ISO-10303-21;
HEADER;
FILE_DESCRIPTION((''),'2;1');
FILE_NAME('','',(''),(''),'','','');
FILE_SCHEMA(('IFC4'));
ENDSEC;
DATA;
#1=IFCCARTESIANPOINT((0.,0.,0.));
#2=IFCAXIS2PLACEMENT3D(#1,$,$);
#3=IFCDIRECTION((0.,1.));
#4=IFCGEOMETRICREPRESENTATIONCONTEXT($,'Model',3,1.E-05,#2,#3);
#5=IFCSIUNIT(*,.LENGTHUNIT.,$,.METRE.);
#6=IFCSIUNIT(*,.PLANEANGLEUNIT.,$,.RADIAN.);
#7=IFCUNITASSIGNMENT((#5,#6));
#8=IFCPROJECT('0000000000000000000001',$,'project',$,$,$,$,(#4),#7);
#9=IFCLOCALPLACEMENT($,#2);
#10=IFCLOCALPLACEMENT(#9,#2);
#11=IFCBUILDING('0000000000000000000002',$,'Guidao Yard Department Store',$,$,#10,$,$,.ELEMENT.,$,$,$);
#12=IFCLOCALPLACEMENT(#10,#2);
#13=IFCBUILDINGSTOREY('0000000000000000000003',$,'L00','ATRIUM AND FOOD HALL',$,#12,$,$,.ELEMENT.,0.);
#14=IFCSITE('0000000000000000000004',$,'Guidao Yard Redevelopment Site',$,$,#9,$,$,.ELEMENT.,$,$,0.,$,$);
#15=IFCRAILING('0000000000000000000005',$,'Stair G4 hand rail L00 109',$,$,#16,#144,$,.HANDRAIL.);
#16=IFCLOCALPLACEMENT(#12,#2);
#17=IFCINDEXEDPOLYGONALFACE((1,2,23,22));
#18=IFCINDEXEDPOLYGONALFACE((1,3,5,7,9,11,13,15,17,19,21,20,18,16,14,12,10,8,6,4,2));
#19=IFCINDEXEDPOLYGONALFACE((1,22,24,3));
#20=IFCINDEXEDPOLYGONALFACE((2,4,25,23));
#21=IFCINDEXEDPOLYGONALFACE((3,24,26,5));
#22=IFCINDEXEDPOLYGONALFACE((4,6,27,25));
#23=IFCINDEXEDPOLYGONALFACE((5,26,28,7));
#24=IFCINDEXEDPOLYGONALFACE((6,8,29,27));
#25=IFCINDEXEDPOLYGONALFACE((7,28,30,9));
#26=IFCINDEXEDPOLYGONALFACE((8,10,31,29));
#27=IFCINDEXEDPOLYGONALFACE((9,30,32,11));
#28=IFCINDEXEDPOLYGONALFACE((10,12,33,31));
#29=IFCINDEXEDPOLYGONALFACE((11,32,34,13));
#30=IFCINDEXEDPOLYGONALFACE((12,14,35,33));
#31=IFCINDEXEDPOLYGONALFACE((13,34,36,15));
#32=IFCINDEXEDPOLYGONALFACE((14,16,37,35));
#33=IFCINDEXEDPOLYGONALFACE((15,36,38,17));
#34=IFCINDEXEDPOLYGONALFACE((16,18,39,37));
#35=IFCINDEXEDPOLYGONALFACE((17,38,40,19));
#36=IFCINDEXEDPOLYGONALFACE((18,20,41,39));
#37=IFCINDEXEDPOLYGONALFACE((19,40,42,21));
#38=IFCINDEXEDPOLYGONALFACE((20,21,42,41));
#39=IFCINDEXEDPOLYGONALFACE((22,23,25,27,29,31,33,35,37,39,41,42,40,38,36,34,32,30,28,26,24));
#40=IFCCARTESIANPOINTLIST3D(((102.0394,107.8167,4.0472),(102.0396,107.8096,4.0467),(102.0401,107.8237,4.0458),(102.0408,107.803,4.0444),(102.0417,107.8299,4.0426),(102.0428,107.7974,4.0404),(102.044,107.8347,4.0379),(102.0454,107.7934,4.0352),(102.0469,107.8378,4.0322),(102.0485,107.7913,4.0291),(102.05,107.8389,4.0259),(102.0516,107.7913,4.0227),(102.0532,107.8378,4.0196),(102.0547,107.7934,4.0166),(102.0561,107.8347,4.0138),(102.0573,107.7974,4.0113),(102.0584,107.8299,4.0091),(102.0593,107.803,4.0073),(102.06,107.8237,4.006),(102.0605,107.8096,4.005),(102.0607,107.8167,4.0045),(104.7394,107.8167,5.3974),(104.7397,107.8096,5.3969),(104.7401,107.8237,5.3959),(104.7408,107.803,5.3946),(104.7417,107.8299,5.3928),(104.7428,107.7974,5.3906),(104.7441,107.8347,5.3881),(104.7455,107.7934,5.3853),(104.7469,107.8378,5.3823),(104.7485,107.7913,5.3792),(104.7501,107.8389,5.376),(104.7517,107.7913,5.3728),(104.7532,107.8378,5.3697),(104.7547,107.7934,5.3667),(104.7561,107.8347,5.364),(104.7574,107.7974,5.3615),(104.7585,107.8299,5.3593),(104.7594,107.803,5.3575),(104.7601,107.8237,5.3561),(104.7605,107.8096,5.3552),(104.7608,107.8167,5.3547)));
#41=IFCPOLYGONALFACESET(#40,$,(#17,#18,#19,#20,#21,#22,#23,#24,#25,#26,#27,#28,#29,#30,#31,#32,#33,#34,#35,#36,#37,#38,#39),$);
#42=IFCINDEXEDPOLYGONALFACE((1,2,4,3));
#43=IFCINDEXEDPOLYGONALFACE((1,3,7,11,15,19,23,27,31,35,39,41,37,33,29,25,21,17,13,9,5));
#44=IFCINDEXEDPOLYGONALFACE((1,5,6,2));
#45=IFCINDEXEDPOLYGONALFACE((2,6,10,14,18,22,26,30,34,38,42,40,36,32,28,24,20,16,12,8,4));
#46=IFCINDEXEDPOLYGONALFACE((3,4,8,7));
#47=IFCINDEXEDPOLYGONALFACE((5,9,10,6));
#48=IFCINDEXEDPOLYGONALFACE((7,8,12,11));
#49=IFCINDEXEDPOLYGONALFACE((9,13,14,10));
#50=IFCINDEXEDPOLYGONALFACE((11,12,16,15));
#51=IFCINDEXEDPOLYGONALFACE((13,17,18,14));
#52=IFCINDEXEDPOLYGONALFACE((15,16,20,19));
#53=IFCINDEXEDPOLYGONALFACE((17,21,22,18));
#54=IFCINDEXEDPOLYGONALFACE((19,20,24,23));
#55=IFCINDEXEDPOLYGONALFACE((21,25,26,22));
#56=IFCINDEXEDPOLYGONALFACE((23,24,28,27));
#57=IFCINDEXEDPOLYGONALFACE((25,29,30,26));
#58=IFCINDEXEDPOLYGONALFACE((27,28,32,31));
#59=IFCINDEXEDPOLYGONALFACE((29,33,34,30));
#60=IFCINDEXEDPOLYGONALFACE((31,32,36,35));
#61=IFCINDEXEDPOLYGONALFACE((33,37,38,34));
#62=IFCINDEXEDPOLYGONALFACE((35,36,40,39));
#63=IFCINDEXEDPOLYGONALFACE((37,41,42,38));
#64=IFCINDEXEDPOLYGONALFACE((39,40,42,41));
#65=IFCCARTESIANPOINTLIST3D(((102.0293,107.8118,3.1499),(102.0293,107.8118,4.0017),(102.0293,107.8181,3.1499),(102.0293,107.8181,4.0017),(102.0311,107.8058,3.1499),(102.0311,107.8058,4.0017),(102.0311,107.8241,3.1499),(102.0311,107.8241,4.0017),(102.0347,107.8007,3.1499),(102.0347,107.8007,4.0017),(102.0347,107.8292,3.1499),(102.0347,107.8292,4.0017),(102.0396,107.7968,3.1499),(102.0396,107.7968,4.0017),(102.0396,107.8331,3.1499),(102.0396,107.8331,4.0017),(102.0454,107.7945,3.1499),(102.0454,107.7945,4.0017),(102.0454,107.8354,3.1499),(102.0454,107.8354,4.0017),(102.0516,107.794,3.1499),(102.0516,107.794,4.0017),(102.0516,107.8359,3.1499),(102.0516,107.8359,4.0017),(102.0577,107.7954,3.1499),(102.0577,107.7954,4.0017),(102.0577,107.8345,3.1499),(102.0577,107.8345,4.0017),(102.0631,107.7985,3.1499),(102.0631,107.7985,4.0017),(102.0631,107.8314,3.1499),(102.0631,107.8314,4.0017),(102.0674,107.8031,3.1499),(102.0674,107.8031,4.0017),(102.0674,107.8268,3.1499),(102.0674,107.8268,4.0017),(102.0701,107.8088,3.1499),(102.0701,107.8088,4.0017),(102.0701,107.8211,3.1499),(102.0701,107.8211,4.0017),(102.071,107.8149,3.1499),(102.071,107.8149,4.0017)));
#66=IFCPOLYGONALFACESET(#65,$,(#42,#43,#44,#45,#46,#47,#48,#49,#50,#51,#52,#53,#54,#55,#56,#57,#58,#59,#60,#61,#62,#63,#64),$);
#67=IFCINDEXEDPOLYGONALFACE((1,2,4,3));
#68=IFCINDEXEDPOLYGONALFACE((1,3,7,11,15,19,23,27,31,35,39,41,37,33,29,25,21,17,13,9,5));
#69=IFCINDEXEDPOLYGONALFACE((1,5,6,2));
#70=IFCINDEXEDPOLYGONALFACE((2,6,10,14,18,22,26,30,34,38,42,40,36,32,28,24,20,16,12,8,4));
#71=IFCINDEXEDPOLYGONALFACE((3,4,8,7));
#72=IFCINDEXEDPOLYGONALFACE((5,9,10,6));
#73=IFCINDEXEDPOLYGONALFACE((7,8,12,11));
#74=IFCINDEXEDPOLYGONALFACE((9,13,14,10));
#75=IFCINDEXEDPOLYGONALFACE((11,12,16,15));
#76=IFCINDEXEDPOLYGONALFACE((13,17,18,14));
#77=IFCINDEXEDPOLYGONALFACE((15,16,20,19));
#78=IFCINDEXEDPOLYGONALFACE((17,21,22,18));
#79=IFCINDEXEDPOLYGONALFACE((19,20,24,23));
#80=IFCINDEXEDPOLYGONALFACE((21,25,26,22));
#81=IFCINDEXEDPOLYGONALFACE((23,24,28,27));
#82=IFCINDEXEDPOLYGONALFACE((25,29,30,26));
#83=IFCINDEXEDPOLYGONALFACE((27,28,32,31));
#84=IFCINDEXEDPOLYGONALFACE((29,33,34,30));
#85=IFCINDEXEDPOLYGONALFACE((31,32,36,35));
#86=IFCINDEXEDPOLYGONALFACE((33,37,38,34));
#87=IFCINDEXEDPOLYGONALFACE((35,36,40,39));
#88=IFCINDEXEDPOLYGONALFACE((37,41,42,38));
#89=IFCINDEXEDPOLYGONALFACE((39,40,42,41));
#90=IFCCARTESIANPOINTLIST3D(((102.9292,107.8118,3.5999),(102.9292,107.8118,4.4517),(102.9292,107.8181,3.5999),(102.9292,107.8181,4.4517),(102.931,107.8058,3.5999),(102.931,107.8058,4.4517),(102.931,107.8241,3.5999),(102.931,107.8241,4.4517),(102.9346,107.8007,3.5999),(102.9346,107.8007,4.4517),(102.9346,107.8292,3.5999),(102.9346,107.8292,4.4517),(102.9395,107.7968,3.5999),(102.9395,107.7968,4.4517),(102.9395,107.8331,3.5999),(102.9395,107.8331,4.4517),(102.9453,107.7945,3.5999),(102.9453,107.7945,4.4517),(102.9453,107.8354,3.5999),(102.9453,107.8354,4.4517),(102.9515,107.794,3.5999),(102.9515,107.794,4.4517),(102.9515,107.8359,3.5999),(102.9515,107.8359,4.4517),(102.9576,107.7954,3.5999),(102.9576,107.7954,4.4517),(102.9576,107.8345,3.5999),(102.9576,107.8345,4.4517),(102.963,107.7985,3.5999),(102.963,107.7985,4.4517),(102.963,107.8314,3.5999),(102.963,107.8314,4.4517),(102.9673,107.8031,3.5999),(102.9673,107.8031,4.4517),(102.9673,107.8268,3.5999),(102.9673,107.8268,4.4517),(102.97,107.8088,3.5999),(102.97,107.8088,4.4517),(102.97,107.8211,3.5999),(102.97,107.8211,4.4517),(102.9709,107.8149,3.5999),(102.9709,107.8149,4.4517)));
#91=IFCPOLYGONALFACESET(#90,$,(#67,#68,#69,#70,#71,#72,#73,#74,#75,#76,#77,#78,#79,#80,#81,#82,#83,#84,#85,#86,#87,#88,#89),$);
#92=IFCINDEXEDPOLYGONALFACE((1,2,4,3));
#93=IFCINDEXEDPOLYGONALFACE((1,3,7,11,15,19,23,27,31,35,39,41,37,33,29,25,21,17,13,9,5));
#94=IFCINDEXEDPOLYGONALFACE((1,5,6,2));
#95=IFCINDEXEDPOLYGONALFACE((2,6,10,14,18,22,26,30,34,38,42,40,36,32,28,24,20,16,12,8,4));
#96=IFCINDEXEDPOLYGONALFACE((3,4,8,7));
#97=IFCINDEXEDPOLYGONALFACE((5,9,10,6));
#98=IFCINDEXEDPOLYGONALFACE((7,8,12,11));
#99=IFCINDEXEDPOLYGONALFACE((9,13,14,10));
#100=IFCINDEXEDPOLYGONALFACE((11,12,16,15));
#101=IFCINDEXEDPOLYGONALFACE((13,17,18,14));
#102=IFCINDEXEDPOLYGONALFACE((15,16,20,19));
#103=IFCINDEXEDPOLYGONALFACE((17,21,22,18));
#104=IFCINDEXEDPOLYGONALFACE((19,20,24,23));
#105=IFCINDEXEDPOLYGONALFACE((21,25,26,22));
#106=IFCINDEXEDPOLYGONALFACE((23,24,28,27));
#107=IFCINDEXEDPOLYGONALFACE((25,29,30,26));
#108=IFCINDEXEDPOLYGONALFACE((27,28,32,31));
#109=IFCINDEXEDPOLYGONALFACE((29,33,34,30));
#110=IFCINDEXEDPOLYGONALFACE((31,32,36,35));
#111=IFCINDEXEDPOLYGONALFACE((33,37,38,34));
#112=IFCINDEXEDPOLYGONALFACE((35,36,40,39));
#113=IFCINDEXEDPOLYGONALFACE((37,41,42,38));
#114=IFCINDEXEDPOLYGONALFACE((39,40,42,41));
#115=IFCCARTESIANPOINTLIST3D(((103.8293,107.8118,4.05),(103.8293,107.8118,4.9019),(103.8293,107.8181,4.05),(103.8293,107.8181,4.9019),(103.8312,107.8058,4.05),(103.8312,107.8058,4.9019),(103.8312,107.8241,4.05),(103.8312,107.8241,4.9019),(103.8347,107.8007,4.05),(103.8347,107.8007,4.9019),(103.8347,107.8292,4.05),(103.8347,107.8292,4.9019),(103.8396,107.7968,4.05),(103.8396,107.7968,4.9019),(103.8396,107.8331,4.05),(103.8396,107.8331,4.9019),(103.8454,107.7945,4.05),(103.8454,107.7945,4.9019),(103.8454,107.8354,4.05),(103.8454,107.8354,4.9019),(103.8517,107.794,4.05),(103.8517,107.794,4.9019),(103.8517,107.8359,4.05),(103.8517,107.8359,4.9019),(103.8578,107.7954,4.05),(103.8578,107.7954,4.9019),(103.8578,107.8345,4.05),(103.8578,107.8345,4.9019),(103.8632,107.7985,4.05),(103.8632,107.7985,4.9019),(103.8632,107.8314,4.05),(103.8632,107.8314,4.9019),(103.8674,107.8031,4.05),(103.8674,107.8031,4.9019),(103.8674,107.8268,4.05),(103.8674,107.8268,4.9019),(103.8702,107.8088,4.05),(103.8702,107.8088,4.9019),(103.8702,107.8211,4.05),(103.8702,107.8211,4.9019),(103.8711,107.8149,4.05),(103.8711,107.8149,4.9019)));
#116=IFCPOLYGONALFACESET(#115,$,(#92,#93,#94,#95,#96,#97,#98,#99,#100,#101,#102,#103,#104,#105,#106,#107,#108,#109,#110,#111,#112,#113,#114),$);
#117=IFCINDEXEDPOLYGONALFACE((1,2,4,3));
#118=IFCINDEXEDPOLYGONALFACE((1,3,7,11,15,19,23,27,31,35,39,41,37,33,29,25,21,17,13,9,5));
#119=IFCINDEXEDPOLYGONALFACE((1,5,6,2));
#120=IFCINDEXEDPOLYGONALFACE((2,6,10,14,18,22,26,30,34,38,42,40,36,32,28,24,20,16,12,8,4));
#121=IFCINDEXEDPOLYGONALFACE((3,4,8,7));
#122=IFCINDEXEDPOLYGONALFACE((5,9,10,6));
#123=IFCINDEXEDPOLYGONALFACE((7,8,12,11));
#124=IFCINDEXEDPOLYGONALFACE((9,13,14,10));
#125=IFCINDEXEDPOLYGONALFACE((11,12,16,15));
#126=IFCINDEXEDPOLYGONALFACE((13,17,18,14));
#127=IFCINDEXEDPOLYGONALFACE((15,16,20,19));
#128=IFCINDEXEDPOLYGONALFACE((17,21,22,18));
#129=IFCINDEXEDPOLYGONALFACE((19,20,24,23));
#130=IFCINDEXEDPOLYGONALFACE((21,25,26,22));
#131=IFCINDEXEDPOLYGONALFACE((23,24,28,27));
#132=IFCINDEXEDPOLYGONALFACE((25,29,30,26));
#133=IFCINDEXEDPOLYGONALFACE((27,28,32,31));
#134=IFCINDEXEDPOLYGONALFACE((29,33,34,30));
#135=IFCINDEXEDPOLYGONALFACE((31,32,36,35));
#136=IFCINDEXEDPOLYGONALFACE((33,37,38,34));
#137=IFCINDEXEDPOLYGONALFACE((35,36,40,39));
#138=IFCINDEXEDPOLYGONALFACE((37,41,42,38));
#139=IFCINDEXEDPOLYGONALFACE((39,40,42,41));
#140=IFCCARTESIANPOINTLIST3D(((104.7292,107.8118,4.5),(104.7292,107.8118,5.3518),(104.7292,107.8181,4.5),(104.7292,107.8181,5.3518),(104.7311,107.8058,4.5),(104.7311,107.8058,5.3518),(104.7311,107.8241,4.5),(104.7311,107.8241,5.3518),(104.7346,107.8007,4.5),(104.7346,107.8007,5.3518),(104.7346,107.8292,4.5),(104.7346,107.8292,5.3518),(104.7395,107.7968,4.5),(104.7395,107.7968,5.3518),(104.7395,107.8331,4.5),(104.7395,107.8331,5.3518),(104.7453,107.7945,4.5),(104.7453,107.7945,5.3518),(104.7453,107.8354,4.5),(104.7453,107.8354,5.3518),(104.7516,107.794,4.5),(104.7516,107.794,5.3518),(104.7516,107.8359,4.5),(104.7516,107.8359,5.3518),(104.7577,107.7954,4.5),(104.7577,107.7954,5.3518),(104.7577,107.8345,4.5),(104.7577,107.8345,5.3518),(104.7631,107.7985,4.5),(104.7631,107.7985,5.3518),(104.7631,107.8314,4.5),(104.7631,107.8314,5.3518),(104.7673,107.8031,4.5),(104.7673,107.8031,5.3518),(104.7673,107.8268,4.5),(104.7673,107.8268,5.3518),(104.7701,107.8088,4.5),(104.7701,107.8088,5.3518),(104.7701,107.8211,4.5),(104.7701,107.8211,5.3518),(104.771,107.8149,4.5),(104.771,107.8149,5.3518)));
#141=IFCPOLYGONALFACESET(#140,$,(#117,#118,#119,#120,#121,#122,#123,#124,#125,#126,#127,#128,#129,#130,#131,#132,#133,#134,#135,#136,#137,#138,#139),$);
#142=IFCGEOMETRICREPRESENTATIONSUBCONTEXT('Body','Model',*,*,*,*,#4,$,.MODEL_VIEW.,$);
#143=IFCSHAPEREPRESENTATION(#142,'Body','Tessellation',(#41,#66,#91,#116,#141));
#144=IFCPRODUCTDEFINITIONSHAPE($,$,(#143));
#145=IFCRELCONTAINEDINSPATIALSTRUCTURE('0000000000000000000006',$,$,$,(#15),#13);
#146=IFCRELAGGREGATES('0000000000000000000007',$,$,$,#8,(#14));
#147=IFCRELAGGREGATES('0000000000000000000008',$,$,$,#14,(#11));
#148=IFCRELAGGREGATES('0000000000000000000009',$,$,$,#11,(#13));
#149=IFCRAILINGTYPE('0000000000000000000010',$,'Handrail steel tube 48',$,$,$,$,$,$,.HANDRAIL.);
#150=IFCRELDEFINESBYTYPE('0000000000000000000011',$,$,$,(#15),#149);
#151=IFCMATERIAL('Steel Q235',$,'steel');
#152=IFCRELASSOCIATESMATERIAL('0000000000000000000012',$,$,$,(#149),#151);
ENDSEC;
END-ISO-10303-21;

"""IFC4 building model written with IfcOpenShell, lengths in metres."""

from ifc_helpers import new_model, si_unit, direction, frame, origin, origin_2d, place, context, subcontext, project, spatial, circle, extrude, material, type_object, element, save


model = new_model("IFC4")

# Units and contexts
model_context = context("Model", 3, precision=1e-05, world=origin(), true_north=direction((0.0, 1.0)))
body_context = subcontext(model_context, "Body", "Model", "MODEL_VIEW")
ifc_project = project(units=[si_unit("LENGTHUNIT", "METRE"), si_unit("PLANEANGLEUNIT", "RADIAN")], contexts=[model_context])

# Site, building, storey
site_placement = place(None, origin())
site = spatial("IfcSite", under=ifc_project, at=site_placement, Name="Guidao Yard Redevelopment Site", CompositionType="ELEMENT", RefElevation=0.0)
building_placement = place(site_placement, origin())
building = spatial("IfcBuilding", under=site, at=building_placement, Name="Guidao Yard Department Store", CompositionType="ELEMENT")
storey_placement = place(building_placement, origin())
storey = spatial("IfcBuildingStorey", under=building, at=storey_placement, Name="L00", Description="ATRIUM AND FOOD HALL", CompositionType="ELEMENT", Elevation=0.0)

# Railing
ifc_material_1 = material(Name="Steel Q235", Category="steel")
railing_type = type_object("IfcRailingType", Name="Handrail steel tube 48", PredefinedType="HANDRAIL", material=ifc_material_1)
for number, where, name in (
    (1, (102.05, 107.8149, 3.1499), "Stair G4 hand rail L00 109"),
):
    element("IfcRailing", number, at=place(storey_placement, frame(where)), inside=storey, type_object=railing_type, Name=name, PredefinedType="HANDRAIL", context=body_context, shape_type="SweptSolid", body=[
        extrude(circle(Radius=0.0239, at=origin_2d()), frame((0.0, 0.0, 0.876), z_axis=(0.894411, 0.0, 0.447246), x_axis=(0.0, 1.0, 0.0)), (0.0, 0.0, 1.0), 3.0188),
        extrude(circle(Radius=0.021, at=origin_2d()), origin(), (0.0, 0.0, 1.0), 0.8518),
        extrude(circle(Radius=0.021, at=origin_2d()), frame((0.8999, 0.0, 0.45)), (0.0, 0.0, 1.0), 0.8518),
        extrude(circle(Radius=0.021, at=origin_2d()), frame((1.8, 0.0, 0.9001)), (0.0, 0.0, 1.0), 0.8518),
        extrude(circle(Radius=0.021, at=origin_2d()), frame((2.7, 0.0, 1.3501)), (0.0, 0.0, 1.0), 0.8518),
    ])

save(model, "model.ifc")
